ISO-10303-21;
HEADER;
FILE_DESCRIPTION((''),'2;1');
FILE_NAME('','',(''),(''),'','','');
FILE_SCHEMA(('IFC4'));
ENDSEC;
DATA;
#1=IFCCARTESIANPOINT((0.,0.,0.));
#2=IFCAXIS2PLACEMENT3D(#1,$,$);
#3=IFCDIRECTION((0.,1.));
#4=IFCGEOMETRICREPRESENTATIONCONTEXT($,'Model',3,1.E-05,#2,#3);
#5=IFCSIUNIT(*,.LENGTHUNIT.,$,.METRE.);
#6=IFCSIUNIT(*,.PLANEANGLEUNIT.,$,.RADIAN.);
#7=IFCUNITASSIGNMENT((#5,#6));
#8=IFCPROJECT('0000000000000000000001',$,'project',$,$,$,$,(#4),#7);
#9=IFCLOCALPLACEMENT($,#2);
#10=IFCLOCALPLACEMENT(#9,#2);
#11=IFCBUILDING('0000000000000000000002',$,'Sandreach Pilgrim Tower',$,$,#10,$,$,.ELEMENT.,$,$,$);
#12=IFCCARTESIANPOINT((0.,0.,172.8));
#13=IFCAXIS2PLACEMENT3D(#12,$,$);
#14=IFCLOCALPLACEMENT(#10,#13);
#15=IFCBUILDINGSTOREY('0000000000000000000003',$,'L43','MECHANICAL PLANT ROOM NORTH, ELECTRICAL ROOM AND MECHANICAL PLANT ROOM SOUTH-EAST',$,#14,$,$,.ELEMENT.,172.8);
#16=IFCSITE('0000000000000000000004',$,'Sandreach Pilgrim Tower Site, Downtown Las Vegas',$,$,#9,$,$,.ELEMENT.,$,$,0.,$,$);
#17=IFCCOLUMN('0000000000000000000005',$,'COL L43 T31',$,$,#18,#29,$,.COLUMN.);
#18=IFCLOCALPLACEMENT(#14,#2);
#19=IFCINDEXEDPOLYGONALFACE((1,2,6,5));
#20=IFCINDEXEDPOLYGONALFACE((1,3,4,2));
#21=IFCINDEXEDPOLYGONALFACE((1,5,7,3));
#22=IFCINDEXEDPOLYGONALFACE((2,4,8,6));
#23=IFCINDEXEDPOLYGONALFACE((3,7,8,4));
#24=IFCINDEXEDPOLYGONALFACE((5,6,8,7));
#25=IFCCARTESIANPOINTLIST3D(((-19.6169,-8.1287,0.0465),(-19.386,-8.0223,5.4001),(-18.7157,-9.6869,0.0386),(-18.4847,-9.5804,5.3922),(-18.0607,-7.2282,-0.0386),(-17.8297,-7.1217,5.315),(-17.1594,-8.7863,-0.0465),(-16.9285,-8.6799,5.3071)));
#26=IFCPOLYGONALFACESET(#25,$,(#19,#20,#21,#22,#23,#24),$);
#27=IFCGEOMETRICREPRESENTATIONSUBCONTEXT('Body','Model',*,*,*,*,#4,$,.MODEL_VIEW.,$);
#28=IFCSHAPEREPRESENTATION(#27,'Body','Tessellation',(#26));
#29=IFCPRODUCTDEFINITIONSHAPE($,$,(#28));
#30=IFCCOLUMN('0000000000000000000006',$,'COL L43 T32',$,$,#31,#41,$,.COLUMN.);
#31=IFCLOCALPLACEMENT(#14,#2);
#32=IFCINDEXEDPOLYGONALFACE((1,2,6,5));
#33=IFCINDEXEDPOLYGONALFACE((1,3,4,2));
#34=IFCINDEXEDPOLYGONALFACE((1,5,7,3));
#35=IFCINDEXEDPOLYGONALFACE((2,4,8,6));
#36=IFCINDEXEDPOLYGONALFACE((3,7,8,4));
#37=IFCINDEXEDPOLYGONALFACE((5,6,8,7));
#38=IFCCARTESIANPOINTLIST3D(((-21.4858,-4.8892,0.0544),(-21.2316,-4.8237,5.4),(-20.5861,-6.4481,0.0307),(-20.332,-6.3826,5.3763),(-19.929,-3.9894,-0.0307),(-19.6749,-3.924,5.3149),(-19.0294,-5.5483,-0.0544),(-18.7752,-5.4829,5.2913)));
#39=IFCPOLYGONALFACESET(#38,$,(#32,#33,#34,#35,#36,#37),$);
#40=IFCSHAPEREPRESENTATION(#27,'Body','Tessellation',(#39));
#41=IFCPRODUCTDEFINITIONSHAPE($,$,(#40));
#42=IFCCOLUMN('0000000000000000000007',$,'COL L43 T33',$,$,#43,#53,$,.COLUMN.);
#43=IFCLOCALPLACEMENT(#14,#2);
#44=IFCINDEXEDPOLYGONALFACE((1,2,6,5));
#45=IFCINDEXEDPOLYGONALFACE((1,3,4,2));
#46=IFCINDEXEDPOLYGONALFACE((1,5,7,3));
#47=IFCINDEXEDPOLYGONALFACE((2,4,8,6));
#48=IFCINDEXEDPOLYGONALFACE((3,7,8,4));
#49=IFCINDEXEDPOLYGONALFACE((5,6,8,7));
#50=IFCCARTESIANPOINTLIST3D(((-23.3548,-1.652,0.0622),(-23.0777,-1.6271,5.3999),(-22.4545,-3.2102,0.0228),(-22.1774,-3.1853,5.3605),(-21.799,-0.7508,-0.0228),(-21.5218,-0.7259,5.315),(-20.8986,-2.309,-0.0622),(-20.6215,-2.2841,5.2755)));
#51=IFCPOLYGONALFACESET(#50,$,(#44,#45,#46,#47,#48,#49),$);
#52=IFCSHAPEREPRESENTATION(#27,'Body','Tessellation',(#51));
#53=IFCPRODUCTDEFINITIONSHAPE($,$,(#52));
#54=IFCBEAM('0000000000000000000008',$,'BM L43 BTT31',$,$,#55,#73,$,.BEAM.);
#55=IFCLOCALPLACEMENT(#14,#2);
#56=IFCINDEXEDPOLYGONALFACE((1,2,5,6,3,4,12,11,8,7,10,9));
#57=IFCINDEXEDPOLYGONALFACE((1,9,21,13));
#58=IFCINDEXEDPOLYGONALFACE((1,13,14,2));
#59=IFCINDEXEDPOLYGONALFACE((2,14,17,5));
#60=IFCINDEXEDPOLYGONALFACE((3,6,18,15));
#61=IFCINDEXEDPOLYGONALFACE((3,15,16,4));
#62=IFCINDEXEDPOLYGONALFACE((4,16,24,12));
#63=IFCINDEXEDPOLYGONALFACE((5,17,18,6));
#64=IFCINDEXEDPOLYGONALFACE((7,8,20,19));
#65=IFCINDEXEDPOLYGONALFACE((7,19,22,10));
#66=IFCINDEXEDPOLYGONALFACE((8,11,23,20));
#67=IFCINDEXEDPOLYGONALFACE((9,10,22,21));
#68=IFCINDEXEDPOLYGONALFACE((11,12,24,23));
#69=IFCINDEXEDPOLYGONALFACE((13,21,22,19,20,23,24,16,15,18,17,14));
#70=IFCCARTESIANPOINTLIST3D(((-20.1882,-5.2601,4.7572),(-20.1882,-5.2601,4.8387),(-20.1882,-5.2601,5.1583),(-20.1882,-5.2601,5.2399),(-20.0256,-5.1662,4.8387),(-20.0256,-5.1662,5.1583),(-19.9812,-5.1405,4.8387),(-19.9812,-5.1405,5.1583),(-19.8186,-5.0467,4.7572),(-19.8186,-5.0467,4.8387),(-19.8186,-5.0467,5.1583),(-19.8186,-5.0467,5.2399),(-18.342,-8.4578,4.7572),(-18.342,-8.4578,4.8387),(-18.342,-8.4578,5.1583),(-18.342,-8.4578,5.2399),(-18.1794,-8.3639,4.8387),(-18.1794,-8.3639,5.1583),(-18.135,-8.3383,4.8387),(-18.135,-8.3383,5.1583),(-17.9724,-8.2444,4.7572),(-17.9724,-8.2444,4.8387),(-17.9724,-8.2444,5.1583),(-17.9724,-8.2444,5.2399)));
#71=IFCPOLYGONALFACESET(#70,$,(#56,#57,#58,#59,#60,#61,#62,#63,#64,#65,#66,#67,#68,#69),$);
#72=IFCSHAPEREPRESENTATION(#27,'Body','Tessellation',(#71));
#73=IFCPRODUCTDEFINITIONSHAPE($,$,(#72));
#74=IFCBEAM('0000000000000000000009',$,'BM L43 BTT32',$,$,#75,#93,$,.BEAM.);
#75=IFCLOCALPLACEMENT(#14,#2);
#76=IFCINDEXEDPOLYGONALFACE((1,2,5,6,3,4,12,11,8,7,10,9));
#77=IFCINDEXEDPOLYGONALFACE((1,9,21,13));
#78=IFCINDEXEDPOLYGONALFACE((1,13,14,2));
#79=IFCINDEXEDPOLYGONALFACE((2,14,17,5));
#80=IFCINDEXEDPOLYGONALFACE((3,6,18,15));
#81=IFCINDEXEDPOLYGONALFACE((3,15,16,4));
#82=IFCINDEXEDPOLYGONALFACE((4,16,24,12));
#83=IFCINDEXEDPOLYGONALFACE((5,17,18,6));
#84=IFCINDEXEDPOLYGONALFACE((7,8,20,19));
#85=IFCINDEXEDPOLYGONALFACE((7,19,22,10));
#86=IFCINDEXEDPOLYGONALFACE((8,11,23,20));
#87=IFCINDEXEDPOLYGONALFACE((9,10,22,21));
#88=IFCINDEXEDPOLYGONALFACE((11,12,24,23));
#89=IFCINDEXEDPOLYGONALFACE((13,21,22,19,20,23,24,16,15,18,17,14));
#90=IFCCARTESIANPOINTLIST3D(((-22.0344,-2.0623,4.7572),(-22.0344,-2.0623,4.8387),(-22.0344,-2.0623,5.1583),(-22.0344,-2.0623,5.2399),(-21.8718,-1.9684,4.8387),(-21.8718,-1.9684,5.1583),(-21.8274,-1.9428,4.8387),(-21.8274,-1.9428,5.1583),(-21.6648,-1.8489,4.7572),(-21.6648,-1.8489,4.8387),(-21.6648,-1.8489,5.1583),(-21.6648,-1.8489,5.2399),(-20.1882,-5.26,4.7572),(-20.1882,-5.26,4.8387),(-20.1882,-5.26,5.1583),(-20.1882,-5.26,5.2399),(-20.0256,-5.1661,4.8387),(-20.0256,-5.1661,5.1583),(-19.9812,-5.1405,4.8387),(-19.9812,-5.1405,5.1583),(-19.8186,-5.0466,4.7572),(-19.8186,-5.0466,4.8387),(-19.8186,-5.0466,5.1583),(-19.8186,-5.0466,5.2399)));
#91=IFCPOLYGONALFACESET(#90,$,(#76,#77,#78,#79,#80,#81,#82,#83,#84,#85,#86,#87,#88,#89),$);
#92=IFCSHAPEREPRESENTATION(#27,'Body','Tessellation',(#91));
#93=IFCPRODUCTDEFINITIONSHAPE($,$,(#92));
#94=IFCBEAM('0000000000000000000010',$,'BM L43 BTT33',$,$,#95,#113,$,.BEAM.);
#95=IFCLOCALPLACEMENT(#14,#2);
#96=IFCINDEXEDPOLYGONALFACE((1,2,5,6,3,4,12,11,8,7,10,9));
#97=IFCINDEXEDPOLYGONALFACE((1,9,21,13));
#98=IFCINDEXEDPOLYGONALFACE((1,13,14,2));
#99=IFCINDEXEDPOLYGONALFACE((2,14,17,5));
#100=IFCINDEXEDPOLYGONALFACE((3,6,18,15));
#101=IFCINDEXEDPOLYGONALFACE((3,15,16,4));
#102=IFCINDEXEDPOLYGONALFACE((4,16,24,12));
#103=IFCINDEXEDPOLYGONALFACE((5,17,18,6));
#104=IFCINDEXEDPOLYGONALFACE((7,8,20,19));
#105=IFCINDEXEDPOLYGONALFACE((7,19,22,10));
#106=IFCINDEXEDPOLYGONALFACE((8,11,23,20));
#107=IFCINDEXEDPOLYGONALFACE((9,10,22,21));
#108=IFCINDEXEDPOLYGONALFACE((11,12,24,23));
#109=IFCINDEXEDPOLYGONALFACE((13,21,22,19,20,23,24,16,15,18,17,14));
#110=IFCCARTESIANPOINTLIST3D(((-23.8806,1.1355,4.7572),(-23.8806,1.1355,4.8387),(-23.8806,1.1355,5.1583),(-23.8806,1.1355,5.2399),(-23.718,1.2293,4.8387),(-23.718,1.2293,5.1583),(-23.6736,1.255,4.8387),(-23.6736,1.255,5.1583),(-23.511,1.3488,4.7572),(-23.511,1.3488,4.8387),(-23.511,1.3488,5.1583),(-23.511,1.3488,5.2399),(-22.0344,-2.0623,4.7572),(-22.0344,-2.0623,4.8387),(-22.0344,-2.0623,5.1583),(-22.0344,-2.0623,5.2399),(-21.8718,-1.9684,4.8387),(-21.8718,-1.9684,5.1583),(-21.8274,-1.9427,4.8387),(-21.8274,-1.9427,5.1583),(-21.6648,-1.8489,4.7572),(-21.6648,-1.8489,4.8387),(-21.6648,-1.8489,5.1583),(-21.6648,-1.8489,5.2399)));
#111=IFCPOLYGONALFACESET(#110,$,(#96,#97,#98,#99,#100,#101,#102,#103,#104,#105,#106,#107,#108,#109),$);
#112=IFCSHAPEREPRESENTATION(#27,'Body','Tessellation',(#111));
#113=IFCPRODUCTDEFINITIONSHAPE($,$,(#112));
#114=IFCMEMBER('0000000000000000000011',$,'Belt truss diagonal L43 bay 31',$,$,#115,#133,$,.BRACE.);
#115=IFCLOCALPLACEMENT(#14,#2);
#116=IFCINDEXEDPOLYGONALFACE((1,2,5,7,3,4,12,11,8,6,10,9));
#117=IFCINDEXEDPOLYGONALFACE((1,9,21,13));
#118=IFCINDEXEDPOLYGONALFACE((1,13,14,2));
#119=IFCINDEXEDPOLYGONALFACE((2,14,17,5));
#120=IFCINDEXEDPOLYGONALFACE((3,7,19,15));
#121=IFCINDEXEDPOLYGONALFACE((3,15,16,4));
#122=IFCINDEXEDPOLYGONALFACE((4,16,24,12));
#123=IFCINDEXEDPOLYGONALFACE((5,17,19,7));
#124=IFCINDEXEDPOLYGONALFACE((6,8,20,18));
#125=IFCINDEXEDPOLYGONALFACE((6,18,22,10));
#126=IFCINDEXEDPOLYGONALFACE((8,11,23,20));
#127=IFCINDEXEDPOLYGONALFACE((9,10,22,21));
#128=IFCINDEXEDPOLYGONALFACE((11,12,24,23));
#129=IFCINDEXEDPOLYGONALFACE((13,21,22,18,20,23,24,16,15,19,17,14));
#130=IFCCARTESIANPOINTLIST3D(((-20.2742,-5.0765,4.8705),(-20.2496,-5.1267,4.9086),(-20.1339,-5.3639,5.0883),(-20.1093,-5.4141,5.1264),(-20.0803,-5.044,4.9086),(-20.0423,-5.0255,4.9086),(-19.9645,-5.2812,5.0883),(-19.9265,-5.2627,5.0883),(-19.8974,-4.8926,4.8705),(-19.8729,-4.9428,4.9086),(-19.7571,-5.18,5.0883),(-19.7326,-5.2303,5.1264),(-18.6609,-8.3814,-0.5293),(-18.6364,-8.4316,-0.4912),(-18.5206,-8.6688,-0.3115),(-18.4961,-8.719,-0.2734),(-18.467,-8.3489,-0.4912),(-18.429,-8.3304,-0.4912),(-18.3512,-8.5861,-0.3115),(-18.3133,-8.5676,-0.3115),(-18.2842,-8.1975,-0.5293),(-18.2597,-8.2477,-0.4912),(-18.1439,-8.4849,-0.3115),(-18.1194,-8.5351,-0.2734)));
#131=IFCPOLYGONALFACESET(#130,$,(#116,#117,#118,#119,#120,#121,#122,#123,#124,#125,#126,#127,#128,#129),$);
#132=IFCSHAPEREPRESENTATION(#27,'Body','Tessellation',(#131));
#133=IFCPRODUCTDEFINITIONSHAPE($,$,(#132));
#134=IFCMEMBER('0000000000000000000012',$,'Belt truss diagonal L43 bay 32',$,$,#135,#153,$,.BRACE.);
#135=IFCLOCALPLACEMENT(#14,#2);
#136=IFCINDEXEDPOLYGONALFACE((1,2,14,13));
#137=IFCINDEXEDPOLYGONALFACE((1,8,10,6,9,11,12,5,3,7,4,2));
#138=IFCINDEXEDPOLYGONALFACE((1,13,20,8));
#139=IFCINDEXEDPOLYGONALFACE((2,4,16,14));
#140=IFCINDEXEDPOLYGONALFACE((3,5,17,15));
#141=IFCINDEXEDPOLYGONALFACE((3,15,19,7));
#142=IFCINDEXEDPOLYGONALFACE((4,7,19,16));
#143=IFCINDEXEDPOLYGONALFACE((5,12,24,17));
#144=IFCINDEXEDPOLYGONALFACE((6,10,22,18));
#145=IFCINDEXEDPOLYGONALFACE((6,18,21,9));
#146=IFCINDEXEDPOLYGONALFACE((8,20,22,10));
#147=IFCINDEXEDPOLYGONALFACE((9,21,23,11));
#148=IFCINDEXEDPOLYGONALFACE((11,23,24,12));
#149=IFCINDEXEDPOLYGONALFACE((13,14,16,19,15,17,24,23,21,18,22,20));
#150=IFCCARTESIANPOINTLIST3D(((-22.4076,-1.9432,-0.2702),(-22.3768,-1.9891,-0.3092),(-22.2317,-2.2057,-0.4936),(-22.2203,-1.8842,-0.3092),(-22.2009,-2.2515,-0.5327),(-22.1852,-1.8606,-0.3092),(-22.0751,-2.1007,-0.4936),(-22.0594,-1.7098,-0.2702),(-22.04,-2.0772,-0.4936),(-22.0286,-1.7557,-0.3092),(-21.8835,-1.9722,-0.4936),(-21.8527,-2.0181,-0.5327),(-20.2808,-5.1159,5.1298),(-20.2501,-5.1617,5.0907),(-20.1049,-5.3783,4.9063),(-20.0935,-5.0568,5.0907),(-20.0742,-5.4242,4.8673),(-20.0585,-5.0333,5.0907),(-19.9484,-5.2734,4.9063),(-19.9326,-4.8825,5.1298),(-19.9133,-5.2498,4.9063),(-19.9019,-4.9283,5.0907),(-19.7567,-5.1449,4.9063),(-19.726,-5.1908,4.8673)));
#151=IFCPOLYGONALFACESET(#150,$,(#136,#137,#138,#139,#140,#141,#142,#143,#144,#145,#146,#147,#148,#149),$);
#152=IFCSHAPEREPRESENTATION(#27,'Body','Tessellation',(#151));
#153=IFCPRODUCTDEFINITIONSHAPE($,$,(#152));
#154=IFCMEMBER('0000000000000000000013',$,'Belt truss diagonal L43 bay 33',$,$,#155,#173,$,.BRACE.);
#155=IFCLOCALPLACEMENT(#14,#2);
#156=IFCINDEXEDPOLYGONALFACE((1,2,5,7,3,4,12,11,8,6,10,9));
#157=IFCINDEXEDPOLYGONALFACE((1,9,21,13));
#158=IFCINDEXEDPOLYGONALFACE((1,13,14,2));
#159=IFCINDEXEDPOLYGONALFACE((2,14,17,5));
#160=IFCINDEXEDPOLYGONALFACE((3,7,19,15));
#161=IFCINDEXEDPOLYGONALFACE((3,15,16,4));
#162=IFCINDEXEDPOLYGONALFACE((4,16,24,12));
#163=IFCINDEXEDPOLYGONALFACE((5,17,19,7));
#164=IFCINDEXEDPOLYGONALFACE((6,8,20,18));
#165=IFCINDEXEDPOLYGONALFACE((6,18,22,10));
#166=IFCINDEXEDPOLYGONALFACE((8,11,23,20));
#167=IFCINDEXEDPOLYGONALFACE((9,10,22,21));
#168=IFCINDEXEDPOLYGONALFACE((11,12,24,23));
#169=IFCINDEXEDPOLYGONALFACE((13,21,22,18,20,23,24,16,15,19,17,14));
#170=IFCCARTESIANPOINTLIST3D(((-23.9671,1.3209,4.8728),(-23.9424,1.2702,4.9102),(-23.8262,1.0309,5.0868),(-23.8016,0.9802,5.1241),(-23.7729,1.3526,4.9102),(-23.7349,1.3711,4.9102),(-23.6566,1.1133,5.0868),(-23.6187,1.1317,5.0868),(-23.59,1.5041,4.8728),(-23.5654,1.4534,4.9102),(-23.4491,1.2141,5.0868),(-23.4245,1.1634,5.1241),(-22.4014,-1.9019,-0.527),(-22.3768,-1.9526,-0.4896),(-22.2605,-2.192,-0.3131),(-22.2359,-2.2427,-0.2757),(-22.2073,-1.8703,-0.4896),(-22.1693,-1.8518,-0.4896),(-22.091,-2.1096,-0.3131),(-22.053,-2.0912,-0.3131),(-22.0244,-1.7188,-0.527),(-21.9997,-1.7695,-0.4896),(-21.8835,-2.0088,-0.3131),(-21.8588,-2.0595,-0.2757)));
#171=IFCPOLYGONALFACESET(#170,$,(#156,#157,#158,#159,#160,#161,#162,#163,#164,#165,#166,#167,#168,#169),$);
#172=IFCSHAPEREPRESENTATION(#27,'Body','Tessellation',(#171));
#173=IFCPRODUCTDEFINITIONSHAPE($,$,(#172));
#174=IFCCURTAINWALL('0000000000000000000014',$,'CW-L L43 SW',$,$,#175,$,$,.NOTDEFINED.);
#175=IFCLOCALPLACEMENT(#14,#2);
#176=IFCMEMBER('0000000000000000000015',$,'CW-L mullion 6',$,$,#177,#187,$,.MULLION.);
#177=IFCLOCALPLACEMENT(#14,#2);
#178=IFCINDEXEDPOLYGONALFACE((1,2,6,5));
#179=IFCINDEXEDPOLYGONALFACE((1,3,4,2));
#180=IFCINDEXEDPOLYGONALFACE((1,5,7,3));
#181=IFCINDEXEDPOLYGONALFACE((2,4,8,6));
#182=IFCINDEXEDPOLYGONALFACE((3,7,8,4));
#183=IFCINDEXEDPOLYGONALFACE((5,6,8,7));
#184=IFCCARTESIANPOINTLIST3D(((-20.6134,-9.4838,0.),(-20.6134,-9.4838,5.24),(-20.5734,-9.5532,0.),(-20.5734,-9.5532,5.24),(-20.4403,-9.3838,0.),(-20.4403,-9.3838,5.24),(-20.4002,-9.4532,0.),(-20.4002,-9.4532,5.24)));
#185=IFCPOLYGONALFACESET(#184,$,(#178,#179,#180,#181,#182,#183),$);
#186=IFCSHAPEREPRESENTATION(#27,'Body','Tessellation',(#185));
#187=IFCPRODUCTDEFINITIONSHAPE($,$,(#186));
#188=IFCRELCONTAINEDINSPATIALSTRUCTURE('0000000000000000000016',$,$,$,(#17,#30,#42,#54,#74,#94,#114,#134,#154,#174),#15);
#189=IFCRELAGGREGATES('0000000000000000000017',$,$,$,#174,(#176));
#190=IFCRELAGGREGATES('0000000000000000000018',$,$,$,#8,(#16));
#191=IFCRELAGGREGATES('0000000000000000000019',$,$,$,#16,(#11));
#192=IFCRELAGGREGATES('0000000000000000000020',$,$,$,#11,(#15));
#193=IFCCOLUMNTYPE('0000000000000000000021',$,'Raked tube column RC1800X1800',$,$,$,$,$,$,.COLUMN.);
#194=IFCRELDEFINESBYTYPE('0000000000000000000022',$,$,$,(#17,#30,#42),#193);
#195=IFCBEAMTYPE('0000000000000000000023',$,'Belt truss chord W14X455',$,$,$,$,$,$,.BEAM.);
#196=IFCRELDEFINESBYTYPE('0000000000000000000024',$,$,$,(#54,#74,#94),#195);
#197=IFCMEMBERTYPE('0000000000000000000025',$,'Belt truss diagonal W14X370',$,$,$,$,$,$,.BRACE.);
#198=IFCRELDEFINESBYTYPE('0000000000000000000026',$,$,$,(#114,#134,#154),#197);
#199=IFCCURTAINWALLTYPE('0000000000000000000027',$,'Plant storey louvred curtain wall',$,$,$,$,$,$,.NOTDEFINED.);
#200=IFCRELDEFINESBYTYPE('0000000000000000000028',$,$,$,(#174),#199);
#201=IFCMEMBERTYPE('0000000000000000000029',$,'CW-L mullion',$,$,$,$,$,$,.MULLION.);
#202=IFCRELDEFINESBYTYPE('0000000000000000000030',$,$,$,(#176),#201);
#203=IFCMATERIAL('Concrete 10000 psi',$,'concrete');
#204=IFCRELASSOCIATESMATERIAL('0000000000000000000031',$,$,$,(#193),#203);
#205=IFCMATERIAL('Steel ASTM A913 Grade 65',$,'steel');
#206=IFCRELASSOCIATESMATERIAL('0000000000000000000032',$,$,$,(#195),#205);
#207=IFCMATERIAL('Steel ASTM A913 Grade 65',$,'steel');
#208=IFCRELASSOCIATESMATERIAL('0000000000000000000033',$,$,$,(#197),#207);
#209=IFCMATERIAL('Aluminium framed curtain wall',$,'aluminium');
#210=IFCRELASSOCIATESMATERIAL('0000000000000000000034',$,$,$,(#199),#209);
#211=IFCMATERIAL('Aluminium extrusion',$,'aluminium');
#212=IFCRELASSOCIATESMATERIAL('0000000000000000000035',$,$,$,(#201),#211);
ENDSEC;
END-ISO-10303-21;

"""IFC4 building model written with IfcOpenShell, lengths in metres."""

from ifc_helpers import new_model, si_unit, direction, frame, origin, origin_2d, place, context, subcontext, project, spatial, rectangle, i_section, extrude, material, material_profile, profile_set, type_object, element, aggregate, save


model = new_model("IFC4")

# Units and contexts
model_context = context("Model", 3, precision=1e-05, world=origin(), true_north=direction((0.0, 1.0)))
body_context = subcontext(model_context, "Body", "Model", "MODEL_VIEW")
ifc_project = project(units=[si_unit("LENGTHUNIT", "METRE"), si_unit("PLANEANGLEUNIT", "RADIAN")], contexts=[model_context])

# Site, building, storey
site_placement = place(None, origin())
site = spatial("IfcSite", under=ifc_project, at=site_placement, Name="Sandreach Pilgrim Tower Site, Downtown Las Vegas", CompositionType="ELEMENT", RefElevation=0.0)
building_placement = place(site_placement, origin())
building = spatial("IfcBuilding", under=site, at=building_placement, Name="Sandreach Pilgrim Tower", CompositionType="ELEMENT")
storey_placement = place(building_placement, frame((0.0, 0.0, 172.8)))
storey = spatial("IfcBuildingStorey", under=building, at=storey_placement, Name="L43", Description="MECHANICAL PLANT ROOM NORTH, ELECTRICAL ROOM AND MECHANICAL PLANT ROOM SOUTH-EAST", CompositionType="ELEMENT", Elevation=172.8)

# Columns
ifc_material_1 = material(Name="Concrete 10000 psi", Category="concrete")
ifc_material_profile_1 = material_profile(ifc_material_1, rectangle(XDim=1.8, YDim=1.8, at=origin_2d()), Name="RC1800X1800")
ifc_profile_set_1 = profile_set([ifc_material_profile_1], Name="Concrete 10000 psi")
column_type = type_object("IfcColumnType", Name="Raked tube column RC1800X1800", PredefinedType="COLUMN", material=ifc_profile_set_1)
column_1_placement = place(storey_placement, frame((-18.3882, -8.4575, 0.0), z_axis=(0.043093, 0.019861, 0.998874), x_axis=(-0.864563, -0.500299, 0.047246)))
element("IfcColumn", 1, at=column_1_placement, inside=storey, type_object=column_type, Name="COL L43 T31", PredefinedType="COLUMN", context=body_context, shape_type="SweptSolid", body=[
    extrude(rectangle(XDim=1.8, YDim=1.8, at=origin_2d()), origin(), (0.0, 0.0, 1.0), 5.3596),
])
column_2_placement = place(storey_placement, frame((-20.2576, -5.2188, 0.0), z_axis=(0.047486, 0.012225, 0.998797), x_axis=(-0.864832, -0.499834, 0.047234)))
element("IfcColumn", 2, at=column_2_placement, inside=storey, type_object=column_type, Name="COL L43 T32", PredefinedType="COLUMN", context=body_context, shape_type="SweptSolid", body=[
    extrude(rectangle(XDim=1.8, YDim=1.8, at=origin_2d()), origin(), (0.0, 0.0, 1.0), 5.3521),
])
column_3_placement = place(storey_placement, frame((-22.1267, -1.9805, 0.0), z_axis=(0.051844, 0.004659, 0.998644), x_axis=(-0.86436, -0.500653, 0.047208)))
element("IfcColumn", 3, at=column_3_placement, inside=storey, type_object=column_type, Name="COL L43 T33", PredefinedType="COLUMN", context=body_context, shape_type="SweptSolid", body=[
    extrude(rectangle(XDim=1.8, YDim=1.8, at=origin_2d()), origin(), (0.0, 0.0, 1.0), 5.345),
])

# Beams
ifc_material_2 = material(Name="Steel ASTM A913 Grade 65", Category="steel")
ifc_material_profile_2 = material_profile(ifc_material_2, i_section(OverallWidth=0.4268, OverallDepth=0.4827, WebThickness=0.0513, FlangeThickness=0.0815, at=origin_2d()), Name="W14X455")
ifc_profile_set_2 = profile_set([ifc_material_profile_2], Name="Steel ASTM A913 Grade 65")
beam_type_1 = type_object("IfcBeamType", Name="Belt truss chord W14X455", PredefinedType="BEAM", material=ifc_profile_set_2)
for number, where, z_axis, x_axis, name in (
    (4, (-18.1572, -8.3511, 4.9985), (-0.499993, 0.866029, 0.0), (-0.866029, -0.499993, 0.0), "BM L43 BTT31"),
    (5, (-20.0034, -5.1533, 4.9985), (-0.499993, 0.866029, 0.0), (-0.866029, -0.499993, 0.0), "BM L43 BTT32"),
    (6, (-21.8496, -1.9556, 4.9985), (-0.499993, 0.866029, 0.0), (-0.866029, -0.499993, 0.0), "BM L43 BTT33"),
):
    element("IfcBeam", number, at=place(storey_placement, frame(where, z_axis=z_axis, x_axis=x_axis)), inside=storey, type_object=beam_type_1, Name=name, PredefinedType="BEAM", context=body_context, shape_type="SweptSolid", body=[
        extrude(i_section(OverallWidth=0.4268, OverallDepth=0.4827, WebThickness=0.0513, FlangeThickness=0.0815, at=origin_2d()), origin(), (0.0, 0.0, 1.0), 3.6924),
    ])

# Members
ifc_material_3 = material(Name="Steel ASTM A913 Grade 65", Category="steel")
ifc_material_profile_3 = material_profile(ifc_material_3, i_section(OverallWidth=0.4192, OverallDepth=0.4546, WebThickness=0.0422, FlangeThickness=0.0676, at=origin_2d()), Name="W14X370")
ifc_profile_set_3 = profile_set([ifc_material_profile_3], Name="Steel ASTM A913 Grade 65")
member_type_1 = type_object("IfcMemberType", Name="Belt truss diagonal W14X370", PredefinedType="BRACE", material=ifc_profile_set_3)
member_1_placement = place(storey_placement, frame((-18.3901, -8.4583, -0.4014), z_axis=(-0.246932, 0.505858, 0.826518), x_axis=(-0.898648, -0.43867, 0.0)))
element("IfcMember", 7, at=member_1_placement, inside=storey, type_object=member_type_1, Name="Belt truss diagonal L43 bay 31", PredefinedType="BRACE", context=body_context, shape_type="SweptSolid", body=[
    extrude(i_section(OverallWidth=0.4192, OverallDepth=0.4546, WebThickness=0.0422, FlangeThickness=0.0676, at=origin_2d()), origin(), (0.0, 0.0, 1.0), 6.5332),
])
member_2_placement = place(storey_placement, frame((-20.0034, -5.1533, 4.9985), z_axis=(-0.321538, 0.479668, -0.816414), x_axis=(-0.830641, -0.556808, 0.0)))
element("IfcMember", 8, at=member_2_placement, inside=storey, type_object=member_type_1, Name="Belt truss diagonal L43 bay 32", PredefinedType="BRACE", context=body_context, shape_type="SweptSolid", body=[
    extrude(i_section(OverallWidth=0.4192, OverallDepth=0.4546, WebThickness=0.0422, FlangeThickness=0.0676, at=origin_2d()), origin(), (0.0, 0.0, 1.0), 6.6143),
])
member_3_placement = place(storey_placement, frame((-22.1301, -1.9807, -0.4014), z_axis=(-0.241596, 0.49732, 0.833249), x_axis=(-0.899479, -0.436964, 0.0)))
element("IfcMember", 9, at=member_3_placement, inside=storey, type_object=member_type_1, Name="Belt truss diagonal L43 bay 33", PredefinedType="BRACE", context=body_context, shape_type="SweptSolid", body=[
    extrude(i_section(OverallWidth=0.4192, OverallDepth=0.4546, WebThickness=0.0422, FlangeThickness=0.0676, at=origin_2d()), origin(), (0.0, 0.0, 1.0), 6.4805),
])

# Curtain wall, member
ifc_material_4 = material(Name="Aluminium framed curtain wall", Category="aluminium")
curtain_wall_type = type_object("IfcCurtainWallType", Name="Plant storey louvred curtain wall", PredefinedType="NOTDEFINED", material=ifc_material_4)
curtain_wall_placement = place(storey_placement, origin())
curtain_wall = element("IfcCurtainWall", 10, at=curtain_wall_placement, inside=storey, type_object=curtain_wall_type, Name="CW-L L43 SW", PredefinedType="NOTDEFINED")
ifc_material_5 = material(Name="Aluminium extrusion", Category="aluminium")
ifc_material_profile_4 = material_profile(ifc_material_5, rectangle(XDim=0.0801, YDim=0.2, at=origin_2d()), Name="CW-LM 80X200")
ifc_profile_set_4 = profile_set([ifc_material_profile_4], Name="Aluminium extrusion")
member_type_2 = type_object("IfcMemberType", Name="CW-L mullion", PredefinedType="MULLION", material=ifc_profile_set_4)
member_4_placement = place(storey_placement, frame((-20.5068, -9.4685, 0.0), z_axis=(0.0, 0.0, 1.0), x_axis=(-0.5, 0.866025, 0.0)))
member_4 = element("IfcMember", 11, at=member_4_placement, type_object=member_type_2, Name="CW-L mullion 6", PredefinedType="MULLION", context=body_context, shape_type="SweptSolid", body=[
    extrude(rectangle(XDim=0.0801, YDim=0.2, at=origin_2d()), origin(), (0.0, 0.0, 1.0), 5.24),
])

aggregate(curtain_wall, [member_4])

save(model, "model.ifc")
